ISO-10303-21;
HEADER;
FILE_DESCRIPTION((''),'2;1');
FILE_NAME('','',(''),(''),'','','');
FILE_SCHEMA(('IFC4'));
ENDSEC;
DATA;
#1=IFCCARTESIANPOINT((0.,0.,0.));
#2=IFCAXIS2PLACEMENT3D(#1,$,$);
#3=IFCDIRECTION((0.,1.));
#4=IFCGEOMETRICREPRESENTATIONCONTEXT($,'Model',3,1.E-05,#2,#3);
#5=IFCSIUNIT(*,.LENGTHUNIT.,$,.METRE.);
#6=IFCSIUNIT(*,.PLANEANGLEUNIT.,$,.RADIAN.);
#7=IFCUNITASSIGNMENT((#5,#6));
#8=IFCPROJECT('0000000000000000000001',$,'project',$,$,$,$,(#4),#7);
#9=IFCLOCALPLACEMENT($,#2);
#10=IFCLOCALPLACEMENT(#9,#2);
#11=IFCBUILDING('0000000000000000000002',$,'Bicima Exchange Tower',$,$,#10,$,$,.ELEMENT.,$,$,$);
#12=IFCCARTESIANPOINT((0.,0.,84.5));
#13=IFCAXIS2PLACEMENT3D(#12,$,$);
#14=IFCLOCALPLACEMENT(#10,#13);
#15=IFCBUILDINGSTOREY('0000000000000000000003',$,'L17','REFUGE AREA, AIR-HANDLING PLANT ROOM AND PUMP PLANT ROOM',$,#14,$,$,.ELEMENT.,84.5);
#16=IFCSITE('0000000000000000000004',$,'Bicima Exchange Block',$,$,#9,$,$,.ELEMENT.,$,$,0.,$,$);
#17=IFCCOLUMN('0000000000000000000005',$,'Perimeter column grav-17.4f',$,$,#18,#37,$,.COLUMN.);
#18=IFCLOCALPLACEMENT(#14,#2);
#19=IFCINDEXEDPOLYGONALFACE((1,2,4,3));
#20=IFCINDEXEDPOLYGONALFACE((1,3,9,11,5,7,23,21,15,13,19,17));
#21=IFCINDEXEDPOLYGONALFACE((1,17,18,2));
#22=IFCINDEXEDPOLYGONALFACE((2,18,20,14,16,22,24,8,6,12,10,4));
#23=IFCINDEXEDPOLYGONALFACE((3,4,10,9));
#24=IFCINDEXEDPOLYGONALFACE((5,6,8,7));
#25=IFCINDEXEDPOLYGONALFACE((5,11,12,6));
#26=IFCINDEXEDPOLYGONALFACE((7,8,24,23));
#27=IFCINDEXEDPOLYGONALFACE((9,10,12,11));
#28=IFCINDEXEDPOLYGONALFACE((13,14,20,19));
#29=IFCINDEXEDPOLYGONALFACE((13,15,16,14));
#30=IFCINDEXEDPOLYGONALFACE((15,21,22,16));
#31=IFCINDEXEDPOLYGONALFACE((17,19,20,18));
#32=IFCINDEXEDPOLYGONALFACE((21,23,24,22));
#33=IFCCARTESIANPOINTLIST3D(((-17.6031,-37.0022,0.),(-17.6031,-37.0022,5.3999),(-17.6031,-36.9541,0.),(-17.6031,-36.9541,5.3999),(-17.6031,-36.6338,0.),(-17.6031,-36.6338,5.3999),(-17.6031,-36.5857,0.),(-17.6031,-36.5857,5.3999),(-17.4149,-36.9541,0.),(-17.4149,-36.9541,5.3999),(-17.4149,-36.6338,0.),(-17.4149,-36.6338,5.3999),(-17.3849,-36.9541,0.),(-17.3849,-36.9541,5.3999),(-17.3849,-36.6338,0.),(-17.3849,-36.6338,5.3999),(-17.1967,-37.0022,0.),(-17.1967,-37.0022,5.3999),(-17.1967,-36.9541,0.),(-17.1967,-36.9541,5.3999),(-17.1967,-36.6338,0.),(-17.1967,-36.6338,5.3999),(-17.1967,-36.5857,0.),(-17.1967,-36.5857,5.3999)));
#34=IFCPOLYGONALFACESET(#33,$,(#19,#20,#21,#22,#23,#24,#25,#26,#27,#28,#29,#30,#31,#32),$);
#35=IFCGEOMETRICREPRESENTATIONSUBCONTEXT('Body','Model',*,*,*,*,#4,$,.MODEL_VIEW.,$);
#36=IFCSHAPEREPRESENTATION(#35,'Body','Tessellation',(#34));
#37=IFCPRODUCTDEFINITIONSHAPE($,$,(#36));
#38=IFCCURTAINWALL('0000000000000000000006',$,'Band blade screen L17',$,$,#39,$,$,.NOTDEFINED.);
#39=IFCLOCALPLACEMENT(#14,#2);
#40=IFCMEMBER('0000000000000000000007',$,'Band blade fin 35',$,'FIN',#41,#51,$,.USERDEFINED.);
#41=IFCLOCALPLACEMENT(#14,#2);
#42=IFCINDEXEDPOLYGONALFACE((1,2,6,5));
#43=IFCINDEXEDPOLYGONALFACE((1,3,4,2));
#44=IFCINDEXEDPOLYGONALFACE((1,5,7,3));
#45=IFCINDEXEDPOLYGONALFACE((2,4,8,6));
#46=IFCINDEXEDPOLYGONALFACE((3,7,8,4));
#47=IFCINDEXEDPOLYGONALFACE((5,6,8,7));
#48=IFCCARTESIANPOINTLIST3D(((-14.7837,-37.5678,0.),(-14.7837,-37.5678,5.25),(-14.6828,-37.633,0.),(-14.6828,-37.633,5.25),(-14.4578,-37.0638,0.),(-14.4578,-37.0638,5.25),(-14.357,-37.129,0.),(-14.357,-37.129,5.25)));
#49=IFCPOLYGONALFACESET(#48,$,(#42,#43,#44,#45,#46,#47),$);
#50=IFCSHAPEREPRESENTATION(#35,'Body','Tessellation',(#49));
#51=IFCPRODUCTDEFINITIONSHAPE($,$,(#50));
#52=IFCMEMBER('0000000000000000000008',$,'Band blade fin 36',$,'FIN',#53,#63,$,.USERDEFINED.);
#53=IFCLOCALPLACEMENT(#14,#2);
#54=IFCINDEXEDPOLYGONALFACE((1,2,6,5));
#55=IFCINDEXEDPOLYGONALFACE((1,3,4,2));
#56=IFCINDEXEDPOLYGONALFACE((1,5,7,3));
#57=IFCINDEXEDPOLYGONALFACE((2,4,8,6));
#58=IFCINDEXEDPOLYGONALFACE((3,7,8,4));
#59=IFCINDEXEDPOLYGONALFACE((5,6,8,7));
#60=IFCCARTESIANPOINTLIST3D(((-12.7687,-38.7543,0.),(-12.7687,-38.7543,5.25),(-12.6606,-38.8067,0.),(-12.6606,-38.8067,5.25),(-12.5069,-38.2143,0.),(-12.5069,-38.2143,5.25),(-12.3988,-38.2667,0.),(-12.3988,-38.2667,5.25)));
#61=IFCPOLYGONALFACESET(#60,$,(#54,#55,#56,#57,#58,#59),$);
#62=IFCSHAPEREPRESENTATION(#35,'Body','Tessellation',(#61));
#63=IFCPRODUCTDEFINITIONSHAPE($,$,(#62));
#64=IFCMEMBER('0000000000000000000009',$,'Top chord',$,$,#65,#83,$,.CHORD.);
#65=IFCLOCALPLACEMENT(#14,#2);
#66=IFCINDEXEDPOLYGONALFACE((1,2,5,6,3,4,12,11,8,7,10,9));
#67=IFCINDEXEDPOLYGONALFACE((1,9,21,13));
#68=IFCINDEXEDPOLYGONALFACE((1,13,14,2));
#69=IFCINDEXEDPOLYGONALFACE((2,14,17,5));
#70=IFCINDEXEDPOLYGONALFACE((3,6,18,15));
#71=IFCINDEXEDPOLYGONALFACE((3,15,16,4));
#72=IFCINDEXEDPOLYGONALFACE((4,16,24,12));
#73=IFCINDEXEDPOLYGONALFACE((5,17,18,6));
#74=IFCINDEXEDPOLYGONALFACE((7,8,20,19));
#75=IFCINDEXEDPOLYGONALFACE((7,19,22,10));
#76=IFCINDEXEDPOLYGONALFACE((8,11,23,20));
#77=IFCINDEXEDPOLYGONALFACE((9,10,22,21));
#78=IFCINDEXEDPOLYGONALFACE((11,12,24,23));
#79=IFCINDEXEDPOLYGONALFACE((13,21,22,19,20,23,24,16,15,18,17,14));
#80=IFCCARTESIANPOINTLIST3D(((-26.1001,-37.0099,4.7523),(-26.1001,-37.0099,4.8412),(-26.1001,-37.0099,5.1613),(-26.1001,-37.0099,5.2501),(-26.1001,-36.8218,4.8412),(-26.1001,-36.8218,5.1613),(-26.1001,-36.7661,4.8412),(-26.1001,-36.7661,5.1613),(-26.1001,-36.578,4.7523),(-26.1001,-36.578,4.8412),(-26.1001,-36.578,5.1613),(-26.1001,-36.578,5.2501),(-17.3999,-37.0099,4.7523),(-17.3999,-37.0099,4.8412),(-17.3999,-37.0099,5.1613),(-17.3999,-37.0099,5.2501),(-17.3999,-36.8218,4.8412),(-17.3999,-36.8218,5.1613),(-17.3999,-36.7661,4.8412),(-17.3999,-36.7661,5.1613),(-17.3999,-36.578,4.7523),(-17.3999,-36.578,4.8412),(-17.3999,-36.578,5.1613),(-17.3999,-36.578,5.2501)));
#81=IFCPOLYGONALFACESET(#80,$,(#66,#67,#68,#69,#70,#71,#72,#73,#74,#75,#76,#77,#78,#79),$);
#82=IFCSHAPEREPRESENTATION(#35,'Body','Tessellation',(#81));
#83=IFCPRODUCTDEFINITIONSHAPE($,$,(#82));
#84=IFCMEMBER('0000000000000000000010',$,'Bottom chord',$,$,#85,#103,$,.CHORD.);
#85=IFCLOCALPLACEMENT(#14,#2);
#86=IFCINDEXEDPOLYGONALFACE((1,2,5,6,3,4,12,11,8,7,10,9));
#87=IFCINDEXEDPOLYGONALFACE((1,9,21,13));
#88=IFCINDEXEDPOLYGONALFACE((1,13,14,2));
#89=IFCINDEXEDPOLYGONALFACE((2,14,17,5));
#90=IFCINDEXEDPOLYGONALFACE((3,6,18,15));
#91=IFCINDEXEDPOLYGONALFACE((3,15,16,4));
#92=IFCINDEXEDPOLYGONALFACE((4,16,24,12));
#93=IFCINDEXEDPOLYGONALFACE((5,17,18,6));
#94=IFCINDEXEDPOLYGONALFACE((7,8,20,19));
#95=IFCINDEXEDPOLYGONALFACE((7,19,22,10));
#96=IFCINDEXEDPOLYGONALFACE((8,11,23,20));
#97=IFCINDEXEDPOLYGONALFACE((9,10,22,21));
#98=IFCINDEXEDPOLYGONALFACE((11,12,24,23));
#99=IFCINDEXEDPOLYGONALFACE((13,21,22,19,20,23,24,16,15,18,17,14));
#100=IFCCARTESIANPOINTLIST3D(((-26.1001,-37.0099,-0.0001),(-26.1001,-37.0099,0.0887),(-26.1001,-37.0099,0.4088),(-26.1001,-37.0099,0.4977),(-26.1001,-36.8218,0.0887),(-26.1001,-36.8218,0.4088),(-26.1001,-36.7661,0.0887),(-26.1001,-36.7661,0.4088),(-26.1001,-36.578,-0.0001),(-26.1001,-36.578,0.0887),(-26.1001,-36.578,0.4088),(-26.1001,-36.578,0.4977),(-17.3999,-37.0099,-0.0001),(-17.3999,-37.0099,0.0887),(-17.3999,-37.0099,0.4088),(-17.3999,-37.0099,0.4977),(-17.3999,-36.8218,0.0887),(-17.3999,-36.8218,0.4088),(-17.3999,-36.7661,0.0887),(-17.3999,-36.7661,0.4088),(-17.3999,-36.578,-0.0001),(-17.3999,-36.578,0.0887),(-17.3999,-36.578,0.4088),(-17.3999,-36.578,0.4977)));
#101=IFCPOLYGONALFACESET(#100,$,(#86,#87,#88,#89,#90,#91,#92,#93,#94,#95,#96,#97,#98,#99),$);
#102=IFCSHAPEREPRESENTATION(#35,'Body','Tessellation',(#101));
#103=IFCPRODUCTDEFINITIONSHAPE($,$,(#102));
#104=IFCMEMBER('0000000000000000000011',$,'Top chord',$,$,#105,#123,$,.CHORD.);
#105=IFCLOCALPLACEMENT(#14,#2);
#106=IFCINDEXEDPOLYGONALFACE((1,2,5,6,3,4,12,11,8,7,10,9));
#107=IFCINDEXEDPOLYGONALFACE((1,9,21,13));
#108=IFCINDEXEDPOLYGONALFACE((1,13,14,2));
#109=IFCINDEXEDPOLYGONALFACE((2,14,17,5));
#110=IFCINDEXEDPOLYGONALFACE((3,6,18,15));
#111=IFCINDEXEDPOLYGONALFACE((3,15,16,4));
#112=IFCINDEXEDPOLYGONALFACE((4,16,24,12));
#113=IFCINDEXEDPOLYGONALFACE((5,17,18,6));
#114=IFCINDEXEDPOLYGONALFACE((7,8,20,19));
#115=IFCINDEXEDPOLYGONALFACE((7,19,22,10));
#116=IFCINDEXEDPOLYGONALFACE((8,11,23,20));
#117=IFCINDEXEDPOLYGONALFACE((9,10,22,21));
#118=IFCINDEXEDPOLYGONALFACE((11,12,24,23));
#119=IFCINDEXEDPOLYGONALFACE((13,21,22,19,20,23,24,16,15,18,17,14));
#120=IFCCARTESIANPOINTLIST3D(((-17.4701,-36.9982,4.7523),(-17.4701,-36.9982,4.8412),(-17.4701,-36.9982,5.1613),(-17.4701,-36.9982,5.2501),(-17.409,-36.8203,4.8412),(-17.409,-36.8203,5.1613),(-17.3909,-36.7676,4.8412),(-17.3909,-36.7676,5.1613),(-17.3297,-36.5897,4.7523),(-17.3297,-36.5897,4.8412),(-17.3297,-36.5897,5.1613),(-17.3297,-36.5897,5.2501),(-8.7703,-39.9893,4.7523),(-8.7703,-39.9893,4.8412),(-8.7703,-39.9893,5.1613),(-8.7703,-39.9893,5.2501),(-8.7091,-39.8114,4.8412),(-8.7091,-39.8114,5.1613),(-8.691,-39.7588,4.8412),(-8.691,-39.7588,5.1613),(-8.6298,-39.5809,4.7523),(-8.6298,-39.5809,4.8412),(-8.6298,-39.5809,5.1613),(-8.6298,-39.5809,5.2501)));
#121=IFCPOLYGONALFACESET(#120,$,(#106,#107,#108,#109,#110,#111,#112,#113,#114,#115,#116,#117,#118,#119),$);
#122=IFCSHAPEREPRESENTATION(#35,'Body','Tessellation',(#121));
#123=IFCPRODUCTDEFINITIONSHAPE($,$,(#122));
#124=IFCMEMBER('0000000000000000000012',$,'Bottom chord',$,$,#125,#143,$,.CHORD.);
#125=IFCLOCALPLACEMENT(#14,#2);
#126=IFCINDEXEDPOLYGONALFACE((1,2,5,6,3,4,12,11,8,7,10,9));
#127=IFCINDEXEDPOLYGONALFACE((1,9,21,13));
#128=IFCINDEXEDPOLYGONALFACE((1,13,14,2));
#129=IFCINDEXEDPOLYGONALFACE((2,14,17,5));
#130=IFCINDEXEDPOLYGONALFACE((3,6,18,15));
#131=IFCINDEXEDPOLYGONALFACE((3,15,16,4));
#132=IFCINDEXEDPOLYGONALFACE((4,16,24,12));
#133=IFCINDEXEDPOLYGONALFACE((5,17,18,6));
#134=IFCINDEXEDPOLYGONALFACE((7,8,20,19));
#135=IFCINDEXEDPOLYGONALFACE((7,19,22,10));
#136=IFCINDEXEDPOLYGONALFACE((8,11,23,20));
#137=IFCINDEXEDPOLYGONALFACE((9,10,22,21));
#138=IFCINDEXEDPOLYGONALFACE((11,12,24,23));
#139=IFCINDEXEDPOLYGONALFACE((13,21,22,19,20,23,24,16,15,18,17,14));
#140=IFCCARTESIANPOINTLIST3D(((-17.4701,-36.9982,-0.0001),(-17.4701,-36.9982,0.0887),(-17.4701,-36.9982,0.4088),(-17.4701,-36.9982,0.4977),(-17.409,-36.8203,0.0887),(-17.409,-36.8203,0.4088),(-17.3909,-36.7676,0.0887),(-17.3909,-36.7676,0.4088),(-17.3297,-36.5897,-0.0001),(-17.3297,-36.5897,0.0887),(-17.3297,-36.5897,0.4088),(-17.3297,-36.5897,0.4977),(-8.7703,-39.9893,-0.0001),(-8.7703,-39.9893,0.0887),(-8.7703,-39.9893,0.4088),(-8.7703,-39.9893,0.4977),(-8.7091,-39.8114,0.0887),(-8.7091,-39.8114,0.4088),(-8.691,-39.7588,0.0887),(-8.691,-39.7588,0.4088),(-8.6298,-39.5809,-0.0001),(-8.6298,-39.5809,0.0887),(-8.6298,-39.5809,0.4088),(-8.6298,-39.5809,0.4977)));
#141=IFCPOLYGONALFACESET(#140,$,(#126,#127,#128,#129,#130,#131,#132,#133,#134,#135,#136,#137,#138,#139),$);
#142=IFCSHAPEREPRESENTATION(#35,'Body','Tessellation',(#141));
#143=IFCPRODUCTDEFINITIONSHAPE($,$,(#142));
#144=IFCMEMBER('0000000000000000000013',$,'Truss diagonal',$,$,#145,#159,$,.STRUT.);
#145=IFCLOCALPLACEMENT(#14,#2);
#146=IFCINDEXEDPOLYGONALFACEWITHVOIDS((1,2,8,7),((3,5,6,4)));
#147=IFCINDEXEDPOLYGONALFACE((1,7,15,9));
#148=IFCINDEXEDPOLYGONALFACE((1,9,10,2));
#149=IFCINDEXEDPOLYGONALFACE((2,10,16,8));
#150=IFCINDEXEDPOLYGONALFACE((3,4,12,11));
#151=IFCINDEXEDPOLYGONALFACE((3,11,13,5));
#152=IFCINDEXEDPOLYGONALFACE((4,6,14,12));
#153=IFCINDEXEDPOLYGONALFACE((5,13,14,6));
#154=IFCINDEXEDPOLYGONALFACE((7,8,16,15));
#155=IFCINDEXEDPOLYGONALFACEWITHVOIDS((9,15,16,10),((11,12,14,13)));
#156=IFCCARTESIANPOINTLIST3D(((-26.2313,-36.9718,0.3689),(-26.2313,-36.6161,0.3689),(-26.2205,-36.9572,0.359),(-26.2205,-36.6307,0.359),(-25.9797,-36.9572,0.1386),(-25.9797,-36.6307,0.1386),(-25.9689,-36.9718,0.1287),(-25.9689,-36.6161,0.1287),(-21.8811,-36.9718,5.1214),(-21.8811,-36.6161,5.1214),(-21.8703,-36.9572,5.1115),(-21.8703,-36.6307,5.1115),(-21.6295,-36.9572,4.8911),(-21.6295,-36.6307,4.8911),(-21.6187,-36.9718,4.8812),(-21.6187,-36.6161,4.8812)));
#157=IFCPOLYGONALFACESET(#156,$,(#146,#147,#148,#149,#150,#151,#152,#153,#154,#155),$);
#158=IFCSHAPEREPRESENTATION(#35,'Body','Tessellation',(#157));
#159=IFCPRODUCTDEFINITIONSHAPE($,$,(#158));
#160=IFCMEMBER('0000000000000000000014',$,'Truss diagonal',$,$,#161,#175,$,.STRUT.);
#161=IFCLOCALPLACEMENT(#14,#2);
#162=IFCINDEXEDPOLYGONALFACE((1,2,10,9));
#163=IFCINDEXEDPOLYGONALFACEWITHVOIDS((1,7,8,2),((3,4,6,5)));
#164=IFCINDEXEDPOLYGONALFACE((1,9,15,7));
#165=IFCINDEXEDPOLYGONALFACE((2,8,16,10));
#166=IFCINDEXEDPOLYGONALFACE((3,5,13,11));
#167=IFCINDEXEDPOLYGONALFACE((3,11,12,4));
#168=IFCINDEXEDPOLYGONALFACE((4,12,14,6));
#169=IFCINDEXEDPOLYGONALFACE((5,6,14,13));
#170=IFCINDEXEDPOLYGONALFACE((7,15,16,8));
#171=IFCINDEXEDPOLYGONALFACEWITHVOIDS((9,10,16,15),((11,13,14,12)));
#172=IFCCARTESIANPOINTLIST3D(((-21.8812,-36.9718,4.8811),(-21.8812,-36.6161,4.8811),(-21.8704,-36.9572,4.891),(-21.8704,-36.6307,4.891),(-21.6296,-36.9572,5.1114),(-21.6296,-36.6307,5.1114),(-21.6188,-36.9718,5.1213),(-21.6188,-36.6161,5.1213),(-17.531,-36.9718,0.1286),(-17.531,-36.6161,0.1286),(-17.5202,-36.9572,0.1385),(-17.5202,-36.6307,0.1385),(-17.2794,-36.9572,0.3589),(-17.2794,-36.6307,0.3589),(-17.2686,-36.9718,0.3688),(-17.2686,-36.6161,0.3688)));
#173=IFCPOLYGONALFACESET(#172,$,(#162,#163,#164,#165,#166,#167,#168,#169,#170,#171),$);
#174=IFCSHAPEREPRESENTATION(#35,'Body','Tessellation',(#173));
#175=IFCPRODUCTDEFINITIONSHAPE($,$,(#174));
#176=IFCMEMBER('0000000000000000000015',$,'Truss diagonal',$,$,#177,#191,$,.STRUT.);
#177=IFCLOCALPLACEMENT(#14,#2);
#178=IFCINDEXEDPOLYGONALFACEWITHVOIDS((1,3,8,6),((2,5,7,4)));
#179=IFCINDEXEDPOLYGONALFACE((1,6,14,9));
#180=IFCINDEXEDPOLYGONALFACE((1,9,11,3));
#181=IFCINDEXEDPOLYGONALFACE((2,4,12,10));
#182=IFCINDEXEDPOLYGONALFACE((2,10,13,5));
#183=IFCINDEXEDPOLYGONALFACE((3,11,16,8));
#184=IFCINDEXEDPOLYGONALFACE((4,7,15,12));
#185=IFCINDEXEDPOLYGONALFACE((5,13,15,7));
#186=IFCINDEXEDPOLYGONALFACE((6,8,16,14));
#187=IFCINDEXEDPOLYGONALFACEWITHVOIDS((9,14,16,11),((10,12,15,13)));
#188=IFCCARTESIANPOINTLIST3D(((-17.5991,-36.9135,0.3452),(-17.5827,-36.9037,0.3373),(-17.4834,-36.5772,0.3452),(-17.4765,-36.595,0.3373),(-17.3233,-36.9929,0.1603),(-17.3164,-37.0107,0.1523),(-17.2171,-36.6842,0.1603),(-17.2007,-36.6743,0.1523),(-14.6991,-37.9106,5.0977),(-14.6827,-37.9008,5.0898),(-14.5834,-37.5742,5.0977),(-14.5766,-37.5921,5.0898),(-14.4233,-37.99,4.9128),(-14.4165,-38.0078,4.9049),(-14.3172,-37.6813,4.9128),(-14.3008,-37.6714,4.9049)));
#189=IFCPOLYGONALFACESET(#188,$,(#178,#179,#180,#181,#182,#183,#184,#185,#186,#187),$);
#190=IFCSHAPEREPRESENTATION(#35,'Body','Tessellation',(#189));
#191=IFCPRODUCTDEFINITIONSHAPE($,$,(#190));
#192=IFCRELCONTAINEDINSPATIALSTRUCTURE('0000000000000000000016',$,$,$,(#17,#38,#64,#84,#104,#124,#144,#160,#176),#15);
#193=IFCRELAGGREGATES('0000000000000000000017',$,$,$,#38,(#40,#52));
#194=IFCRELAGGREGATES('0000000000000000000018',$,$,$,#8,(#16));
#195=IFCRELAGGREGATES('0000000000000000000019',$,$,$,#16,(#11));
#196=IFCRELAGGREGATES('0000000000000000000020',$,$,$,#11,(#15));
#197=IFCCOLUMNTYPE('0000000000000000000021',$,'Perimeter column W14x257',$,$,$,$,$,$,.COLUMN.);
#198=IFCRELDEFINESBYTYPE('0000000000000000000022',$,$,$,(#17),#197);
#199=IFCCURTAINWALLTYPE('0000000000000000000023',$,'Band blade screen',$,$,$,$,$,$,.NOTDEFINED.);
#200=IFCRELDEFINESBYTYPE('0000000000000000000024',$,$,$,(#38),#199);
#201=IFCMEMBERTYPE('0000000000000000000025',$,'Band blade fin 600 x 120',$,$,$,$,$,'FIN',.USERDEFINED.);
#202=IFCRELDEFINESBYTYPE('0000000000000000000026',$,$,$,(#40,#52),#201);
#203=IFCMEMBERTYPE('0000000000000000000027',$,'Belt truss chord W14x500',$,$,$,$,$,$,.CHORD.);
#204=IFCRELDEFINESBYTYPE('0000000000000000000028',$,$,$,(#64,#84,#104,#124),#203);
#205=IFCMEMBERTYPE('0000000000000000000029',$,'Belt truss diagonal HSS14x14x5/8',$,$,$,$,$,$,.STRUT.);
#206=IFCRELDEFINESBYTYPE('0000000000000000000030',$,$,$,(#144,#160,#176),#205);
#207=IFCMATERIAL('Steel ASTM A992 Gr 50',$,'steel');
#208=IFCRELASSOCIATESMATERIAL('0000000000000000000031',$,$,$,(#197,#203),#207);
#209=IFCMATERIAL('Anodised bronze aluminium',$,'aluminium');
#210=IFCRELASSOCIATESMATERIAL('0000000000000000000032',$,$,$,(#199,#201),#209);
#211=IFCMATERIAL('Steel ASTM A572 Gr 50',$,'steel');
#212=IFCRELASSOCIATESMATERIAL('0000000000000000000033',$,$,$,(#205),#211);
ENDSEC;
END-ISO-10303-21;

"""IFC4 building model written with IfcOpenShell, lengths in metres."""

from ifc_helpers import new_model, si_unit, direction, frame, origin, origin_2d, place, context, subcontext, project, spatial, rectangle, hollow_rectangle, i_section, extrude, material, material_profile, profile_set, type_object, element, aggregate, save


model = new_model("IFC4")

# Units and contexts
model_context = context("Model", 3, precision=1e-05, world=origin(), true_north=direction((0.0, 1.0)))
body_context = subcontext(model_context, "Body", "Model", "MODEL_VIEW")
ifc_project = project(units=[si_unit("LENGTHUNIT", "METRE"), si_unit("PLANEANGLEUNIT", "RADIAN")], contexts=[model_context])

# Site, building, storey
site_placement = place(None, origin())
site = spatial("IfcSite", under=ifc_project, at=site_placement, Name="Bicima Exchange Block", CompositionType="ELEMENT", RefElevation=0.0)
building_placement = place(site_placement, origin())
building = spatial("IfcBuilding", under=site, at=building_placement, Name="Bicima Exchange Tower", CompositionType="ELEMENT")
storey_placement = place(building_placement, frame((0.0, 0.0, 84.5)))
storey = spatial("IfcBuildingStorey", under=building, at=storey_placement, Name="L17", Description="REFUGE AREA, AIR-HANDLING PLANT ROOM AND PUMP PLANT ROOM", CompositionType="ELEMENT", Elevation=84.5)

# Column
ifc_material_1 = material(Name="Steel ASTM A992 Gr 50", Category="steel")
ifc_material_profile_1 = material_profile(ifc_material_1, i_section(OverallWidth=0.4065, OverallDepth=0.4165, WebThickness=0.03, FlangeThickness=0.0481, at=origin_2d()))
ifc_profile_set_1 = profile_set([ifc_material_profile_1], Name="Steel ASTM A992 Gr 50")
column_type = type_object("IfcColumnType", Name="Perimeter column W14x257", PredefinedType="COLUMN", material=ifc_profile_set_1)
column_placement = place(storey_placement, frame((-17.3999, -36.7939, 0.0), z_axis=(0.0, 0.0, 1.0), x_axis=(1.0, 0.0, 0.0)))
element("IfcColumn", 1, at=column_placement, inside=storey, type_object=column_type, Name="Perimeter column grav-17.4f", PredefinedType="COLUMN", context=body_context, shape_type="SweptSolid", body=[
    extrude(i_section(OverallWidth=0.4065, OverallDepth=0.4165, WebThickness=0.03, FlangeThickness=0.0481, at=origin_2d()), origin(), (0.0, 0.0, 1.0), 5.3999),
])

# Curtain wall, members
ifc_material_2 = material(Name="Anodised bronze aluminium", Category="aluminium")
curtain_wall_type = type_object("IfcCurtainWallType", Name="Band blade screen", PredefinedType="NOTDEFINED", material=ifc_material_2)
curtain_wall_placement = place(storey_placement, origin())
curtain_wall = element("IfcCurtainWall", 2, at=curtain_wall_placement, inside=storey, type_object=curtain_wall_type, Name="Band blade screen L17", PredefinedType="NOTDEFINED")
ifc_material_profile_2 = material_profile(ifc_material_2, rectangle(XDim=0.6001, YDim=0.1201, at=origin_2d()))
ifc_profile_set_2 = profile_set([ifc_material_profile_2], Name="Anodised bronze aluminium")
member_type_1 = type_object("IfcMemberType", Name="Band blade fin 600 x 120", ElementType="FIN", PredefinedType="USERDEFINED", material=ifc_profile_set_2)
member_1_placement = place(storey_placement, frame((-14.5703, -37.3484, 0.0), z_axis=(0.0, 0.0, 1.0), x_axis=(0.542917, 0.839787, 0.0)))
member_1 = element("IfcMember", 3, at=member_1_placement, type_object=member_type_1, Name="Band blade fin 35", ObjectType="FIN", PredefinedType="USERDEFINED", context=body_context, shape_type="SweptSolid", body=[
    extrude(rectangle(XDim=0.6001, YDim=0.1201, at=origin_2d()), origin(), (0.0, 0.0, 1.0), 5.25),
])
member_2_placement = place(storey_placement, frame((-12.5837, -38.5105, 0.0), z_axis=(0.0, 0.0, 1.0), x_axis=(0.436287, 0.899808, 0.0)))
member_2 = element("IfcMember", 4, at=member_2_placement, type_object=member_type_1, Name="Band blade fin 36", ObjectType="FIN", PredefinedType="USERDEFINED", context=body_context, shape_type="SweptSolid", body=[
    extrude(rectangle(XDim=0.6001, YDim=0.1201, at=origin_2d()), origin(), (0.0, 0.0, 1.0), 5.25),
])
aggregate(curtain_wall, [member_1, member_2])

# Members
ifc_material_profile_3 = material_profile(ifc_material_1, i_section(OverallWidth=0.4319, OverallDepth=0.4978, WebThickness=0.0557, FlangeThickness=0.0889, at=origin_2d()))
ifc_profile_set_3 = profile_set([ifc_material_profile_3], Name="Steel ASTM A992 Gr 50")
member_type_2 = type_object("IfcMemberType", Name="Belt truss chord W14x500", PredefinedType="CHORD", material=ifc_profile_set_3)
for number, where, z_axis, x_axis, name in (
    (5, (-26.1001, -36.7939, 5.0012), (1.0, 0.0, 0.0), (0.0, 1.0, 0.0), "Top chord"),
    (6, (-26.1001, -36.7939, 0.2488), (1.0, 0.0, 0.0), (0.0, 1.0, 0.0), "Bottom chord"),
):
    element("IfcMember", number, at=place(storey_placement, frame(where, z_axis=z_axis, x_axis=x_axis)), inside=storey, type_object=member_type_2, Name=name, PredefinedType="CHORD", context=body_context, shape_type="SweptSolid", body=[
        extrude(i_section(OverallWidth=0.4319, OverallDepth=0.4978, WebThickness=0.0557, FlangeThickness=0.0889, at=origin_2d()), origin(), (0.0, 0.0, 1.0), 8.7002),
    ])
for number, where, z_axis, x_axis, name in (
    (7, (-17.3999, -36.7939, 5.0012), (0.945666, -0.325138, 0.0), (0.325138, 0.945666, 0.0), "Top chord"),
    (8, (-17.3999, -36.7939, 0.2488), (0.945666, -0.325138, 0.0), (0.325138, 0.945666, 0.0), "Bottom chord"),
):
    element("IfcMember", number, at=place(storey_placement, frame(where, z_axis=z_axis, x_axis=x_axis)), inside=storey, type_object=member_type_2, Name=name, PredefinedType="CHORD", context=body_context, shape_type="SweptSolid", body=[
        extrude(i_section(OverallWidth=0.4319, OverallDepth=0.4978, WebThickness=0.0557, FlangeThickness=0.0889, at=origin_2d()), origin(), (0.0, 0.0, 1.0), 9.1997),
    ])
ifc_material_3 = material(Name="Steel ASTM A572 Gr 50", Category="steel")
ifc_material_profile_4 = material_profile(ifc_material_3, hollow_rectangle(XDim=0.3557, YDim=0.3557, WallThickness=0.0146, at=origin_2d()))
ifc_profile_set_4 = profile_set([ifc_material_profile_4], Name="Steel ASTM A572 Gr 50")
member_type_3 = type_object("IfcMemberType", Name="Belt truss diagonal HSS14x14x5/8", PredefinedType="STRUT", material=ifc_profile_set_4)
for number, where, z_axis, x_axis, name in (
    (9, (-26.1001, -36.7939, 0.2488), (0.675193, 0.0, 0.737642), (0.0, 1.0, 0.0), "Truss diagonal"),
    (10, (-21.75, -36.7939, 5.0012), (0.675193, 0.0, -0.737642), (0.0, 1.0, 0.0), "Truss diagonal"),
):
    element("IfcMember", number, at=place(storey_placement, frame(where, z_axis=z_axis, x_axis=x_axis)), inside=storey, type_object=member_type_3, Name=name, PredefinedType="STRUT", context=body_context, shape_type="SweptSolid", body=[
        extrude(hollow_rectangle(XDim=0.3557, YDim=0.3557, WallThickness=0.0146, at=origin_2d()), origin(), (0.0, 0.0, 1.0), 6.4429),
    ])
for number, where, z_axis, x_axis, name in (
    (11, (-17.3999, -36.7939, 0.2488), (0.512721, -0.176288, 0.840262), (0.325147, 0.945664, 0.0), "Truss diagonal"),
):
    element("IfcMember", number, at=place(storey_placement, frame(where, z_axis=z_axis, x_axis=x_axis)), inside=storey, type_object=member_type_3, Name=name, PredefinedType="STRUT", context=body_context, shape_type="SweptSolid", body=[
        extrude(hollow_rectangle(XDim=0.3557, YDim=0.3557, WallThickness=0.0146, at=origin_2d()), origin(), (0.0, 0.0, 1.0), 5.656),
    ])

save(model, "model.ifc")
